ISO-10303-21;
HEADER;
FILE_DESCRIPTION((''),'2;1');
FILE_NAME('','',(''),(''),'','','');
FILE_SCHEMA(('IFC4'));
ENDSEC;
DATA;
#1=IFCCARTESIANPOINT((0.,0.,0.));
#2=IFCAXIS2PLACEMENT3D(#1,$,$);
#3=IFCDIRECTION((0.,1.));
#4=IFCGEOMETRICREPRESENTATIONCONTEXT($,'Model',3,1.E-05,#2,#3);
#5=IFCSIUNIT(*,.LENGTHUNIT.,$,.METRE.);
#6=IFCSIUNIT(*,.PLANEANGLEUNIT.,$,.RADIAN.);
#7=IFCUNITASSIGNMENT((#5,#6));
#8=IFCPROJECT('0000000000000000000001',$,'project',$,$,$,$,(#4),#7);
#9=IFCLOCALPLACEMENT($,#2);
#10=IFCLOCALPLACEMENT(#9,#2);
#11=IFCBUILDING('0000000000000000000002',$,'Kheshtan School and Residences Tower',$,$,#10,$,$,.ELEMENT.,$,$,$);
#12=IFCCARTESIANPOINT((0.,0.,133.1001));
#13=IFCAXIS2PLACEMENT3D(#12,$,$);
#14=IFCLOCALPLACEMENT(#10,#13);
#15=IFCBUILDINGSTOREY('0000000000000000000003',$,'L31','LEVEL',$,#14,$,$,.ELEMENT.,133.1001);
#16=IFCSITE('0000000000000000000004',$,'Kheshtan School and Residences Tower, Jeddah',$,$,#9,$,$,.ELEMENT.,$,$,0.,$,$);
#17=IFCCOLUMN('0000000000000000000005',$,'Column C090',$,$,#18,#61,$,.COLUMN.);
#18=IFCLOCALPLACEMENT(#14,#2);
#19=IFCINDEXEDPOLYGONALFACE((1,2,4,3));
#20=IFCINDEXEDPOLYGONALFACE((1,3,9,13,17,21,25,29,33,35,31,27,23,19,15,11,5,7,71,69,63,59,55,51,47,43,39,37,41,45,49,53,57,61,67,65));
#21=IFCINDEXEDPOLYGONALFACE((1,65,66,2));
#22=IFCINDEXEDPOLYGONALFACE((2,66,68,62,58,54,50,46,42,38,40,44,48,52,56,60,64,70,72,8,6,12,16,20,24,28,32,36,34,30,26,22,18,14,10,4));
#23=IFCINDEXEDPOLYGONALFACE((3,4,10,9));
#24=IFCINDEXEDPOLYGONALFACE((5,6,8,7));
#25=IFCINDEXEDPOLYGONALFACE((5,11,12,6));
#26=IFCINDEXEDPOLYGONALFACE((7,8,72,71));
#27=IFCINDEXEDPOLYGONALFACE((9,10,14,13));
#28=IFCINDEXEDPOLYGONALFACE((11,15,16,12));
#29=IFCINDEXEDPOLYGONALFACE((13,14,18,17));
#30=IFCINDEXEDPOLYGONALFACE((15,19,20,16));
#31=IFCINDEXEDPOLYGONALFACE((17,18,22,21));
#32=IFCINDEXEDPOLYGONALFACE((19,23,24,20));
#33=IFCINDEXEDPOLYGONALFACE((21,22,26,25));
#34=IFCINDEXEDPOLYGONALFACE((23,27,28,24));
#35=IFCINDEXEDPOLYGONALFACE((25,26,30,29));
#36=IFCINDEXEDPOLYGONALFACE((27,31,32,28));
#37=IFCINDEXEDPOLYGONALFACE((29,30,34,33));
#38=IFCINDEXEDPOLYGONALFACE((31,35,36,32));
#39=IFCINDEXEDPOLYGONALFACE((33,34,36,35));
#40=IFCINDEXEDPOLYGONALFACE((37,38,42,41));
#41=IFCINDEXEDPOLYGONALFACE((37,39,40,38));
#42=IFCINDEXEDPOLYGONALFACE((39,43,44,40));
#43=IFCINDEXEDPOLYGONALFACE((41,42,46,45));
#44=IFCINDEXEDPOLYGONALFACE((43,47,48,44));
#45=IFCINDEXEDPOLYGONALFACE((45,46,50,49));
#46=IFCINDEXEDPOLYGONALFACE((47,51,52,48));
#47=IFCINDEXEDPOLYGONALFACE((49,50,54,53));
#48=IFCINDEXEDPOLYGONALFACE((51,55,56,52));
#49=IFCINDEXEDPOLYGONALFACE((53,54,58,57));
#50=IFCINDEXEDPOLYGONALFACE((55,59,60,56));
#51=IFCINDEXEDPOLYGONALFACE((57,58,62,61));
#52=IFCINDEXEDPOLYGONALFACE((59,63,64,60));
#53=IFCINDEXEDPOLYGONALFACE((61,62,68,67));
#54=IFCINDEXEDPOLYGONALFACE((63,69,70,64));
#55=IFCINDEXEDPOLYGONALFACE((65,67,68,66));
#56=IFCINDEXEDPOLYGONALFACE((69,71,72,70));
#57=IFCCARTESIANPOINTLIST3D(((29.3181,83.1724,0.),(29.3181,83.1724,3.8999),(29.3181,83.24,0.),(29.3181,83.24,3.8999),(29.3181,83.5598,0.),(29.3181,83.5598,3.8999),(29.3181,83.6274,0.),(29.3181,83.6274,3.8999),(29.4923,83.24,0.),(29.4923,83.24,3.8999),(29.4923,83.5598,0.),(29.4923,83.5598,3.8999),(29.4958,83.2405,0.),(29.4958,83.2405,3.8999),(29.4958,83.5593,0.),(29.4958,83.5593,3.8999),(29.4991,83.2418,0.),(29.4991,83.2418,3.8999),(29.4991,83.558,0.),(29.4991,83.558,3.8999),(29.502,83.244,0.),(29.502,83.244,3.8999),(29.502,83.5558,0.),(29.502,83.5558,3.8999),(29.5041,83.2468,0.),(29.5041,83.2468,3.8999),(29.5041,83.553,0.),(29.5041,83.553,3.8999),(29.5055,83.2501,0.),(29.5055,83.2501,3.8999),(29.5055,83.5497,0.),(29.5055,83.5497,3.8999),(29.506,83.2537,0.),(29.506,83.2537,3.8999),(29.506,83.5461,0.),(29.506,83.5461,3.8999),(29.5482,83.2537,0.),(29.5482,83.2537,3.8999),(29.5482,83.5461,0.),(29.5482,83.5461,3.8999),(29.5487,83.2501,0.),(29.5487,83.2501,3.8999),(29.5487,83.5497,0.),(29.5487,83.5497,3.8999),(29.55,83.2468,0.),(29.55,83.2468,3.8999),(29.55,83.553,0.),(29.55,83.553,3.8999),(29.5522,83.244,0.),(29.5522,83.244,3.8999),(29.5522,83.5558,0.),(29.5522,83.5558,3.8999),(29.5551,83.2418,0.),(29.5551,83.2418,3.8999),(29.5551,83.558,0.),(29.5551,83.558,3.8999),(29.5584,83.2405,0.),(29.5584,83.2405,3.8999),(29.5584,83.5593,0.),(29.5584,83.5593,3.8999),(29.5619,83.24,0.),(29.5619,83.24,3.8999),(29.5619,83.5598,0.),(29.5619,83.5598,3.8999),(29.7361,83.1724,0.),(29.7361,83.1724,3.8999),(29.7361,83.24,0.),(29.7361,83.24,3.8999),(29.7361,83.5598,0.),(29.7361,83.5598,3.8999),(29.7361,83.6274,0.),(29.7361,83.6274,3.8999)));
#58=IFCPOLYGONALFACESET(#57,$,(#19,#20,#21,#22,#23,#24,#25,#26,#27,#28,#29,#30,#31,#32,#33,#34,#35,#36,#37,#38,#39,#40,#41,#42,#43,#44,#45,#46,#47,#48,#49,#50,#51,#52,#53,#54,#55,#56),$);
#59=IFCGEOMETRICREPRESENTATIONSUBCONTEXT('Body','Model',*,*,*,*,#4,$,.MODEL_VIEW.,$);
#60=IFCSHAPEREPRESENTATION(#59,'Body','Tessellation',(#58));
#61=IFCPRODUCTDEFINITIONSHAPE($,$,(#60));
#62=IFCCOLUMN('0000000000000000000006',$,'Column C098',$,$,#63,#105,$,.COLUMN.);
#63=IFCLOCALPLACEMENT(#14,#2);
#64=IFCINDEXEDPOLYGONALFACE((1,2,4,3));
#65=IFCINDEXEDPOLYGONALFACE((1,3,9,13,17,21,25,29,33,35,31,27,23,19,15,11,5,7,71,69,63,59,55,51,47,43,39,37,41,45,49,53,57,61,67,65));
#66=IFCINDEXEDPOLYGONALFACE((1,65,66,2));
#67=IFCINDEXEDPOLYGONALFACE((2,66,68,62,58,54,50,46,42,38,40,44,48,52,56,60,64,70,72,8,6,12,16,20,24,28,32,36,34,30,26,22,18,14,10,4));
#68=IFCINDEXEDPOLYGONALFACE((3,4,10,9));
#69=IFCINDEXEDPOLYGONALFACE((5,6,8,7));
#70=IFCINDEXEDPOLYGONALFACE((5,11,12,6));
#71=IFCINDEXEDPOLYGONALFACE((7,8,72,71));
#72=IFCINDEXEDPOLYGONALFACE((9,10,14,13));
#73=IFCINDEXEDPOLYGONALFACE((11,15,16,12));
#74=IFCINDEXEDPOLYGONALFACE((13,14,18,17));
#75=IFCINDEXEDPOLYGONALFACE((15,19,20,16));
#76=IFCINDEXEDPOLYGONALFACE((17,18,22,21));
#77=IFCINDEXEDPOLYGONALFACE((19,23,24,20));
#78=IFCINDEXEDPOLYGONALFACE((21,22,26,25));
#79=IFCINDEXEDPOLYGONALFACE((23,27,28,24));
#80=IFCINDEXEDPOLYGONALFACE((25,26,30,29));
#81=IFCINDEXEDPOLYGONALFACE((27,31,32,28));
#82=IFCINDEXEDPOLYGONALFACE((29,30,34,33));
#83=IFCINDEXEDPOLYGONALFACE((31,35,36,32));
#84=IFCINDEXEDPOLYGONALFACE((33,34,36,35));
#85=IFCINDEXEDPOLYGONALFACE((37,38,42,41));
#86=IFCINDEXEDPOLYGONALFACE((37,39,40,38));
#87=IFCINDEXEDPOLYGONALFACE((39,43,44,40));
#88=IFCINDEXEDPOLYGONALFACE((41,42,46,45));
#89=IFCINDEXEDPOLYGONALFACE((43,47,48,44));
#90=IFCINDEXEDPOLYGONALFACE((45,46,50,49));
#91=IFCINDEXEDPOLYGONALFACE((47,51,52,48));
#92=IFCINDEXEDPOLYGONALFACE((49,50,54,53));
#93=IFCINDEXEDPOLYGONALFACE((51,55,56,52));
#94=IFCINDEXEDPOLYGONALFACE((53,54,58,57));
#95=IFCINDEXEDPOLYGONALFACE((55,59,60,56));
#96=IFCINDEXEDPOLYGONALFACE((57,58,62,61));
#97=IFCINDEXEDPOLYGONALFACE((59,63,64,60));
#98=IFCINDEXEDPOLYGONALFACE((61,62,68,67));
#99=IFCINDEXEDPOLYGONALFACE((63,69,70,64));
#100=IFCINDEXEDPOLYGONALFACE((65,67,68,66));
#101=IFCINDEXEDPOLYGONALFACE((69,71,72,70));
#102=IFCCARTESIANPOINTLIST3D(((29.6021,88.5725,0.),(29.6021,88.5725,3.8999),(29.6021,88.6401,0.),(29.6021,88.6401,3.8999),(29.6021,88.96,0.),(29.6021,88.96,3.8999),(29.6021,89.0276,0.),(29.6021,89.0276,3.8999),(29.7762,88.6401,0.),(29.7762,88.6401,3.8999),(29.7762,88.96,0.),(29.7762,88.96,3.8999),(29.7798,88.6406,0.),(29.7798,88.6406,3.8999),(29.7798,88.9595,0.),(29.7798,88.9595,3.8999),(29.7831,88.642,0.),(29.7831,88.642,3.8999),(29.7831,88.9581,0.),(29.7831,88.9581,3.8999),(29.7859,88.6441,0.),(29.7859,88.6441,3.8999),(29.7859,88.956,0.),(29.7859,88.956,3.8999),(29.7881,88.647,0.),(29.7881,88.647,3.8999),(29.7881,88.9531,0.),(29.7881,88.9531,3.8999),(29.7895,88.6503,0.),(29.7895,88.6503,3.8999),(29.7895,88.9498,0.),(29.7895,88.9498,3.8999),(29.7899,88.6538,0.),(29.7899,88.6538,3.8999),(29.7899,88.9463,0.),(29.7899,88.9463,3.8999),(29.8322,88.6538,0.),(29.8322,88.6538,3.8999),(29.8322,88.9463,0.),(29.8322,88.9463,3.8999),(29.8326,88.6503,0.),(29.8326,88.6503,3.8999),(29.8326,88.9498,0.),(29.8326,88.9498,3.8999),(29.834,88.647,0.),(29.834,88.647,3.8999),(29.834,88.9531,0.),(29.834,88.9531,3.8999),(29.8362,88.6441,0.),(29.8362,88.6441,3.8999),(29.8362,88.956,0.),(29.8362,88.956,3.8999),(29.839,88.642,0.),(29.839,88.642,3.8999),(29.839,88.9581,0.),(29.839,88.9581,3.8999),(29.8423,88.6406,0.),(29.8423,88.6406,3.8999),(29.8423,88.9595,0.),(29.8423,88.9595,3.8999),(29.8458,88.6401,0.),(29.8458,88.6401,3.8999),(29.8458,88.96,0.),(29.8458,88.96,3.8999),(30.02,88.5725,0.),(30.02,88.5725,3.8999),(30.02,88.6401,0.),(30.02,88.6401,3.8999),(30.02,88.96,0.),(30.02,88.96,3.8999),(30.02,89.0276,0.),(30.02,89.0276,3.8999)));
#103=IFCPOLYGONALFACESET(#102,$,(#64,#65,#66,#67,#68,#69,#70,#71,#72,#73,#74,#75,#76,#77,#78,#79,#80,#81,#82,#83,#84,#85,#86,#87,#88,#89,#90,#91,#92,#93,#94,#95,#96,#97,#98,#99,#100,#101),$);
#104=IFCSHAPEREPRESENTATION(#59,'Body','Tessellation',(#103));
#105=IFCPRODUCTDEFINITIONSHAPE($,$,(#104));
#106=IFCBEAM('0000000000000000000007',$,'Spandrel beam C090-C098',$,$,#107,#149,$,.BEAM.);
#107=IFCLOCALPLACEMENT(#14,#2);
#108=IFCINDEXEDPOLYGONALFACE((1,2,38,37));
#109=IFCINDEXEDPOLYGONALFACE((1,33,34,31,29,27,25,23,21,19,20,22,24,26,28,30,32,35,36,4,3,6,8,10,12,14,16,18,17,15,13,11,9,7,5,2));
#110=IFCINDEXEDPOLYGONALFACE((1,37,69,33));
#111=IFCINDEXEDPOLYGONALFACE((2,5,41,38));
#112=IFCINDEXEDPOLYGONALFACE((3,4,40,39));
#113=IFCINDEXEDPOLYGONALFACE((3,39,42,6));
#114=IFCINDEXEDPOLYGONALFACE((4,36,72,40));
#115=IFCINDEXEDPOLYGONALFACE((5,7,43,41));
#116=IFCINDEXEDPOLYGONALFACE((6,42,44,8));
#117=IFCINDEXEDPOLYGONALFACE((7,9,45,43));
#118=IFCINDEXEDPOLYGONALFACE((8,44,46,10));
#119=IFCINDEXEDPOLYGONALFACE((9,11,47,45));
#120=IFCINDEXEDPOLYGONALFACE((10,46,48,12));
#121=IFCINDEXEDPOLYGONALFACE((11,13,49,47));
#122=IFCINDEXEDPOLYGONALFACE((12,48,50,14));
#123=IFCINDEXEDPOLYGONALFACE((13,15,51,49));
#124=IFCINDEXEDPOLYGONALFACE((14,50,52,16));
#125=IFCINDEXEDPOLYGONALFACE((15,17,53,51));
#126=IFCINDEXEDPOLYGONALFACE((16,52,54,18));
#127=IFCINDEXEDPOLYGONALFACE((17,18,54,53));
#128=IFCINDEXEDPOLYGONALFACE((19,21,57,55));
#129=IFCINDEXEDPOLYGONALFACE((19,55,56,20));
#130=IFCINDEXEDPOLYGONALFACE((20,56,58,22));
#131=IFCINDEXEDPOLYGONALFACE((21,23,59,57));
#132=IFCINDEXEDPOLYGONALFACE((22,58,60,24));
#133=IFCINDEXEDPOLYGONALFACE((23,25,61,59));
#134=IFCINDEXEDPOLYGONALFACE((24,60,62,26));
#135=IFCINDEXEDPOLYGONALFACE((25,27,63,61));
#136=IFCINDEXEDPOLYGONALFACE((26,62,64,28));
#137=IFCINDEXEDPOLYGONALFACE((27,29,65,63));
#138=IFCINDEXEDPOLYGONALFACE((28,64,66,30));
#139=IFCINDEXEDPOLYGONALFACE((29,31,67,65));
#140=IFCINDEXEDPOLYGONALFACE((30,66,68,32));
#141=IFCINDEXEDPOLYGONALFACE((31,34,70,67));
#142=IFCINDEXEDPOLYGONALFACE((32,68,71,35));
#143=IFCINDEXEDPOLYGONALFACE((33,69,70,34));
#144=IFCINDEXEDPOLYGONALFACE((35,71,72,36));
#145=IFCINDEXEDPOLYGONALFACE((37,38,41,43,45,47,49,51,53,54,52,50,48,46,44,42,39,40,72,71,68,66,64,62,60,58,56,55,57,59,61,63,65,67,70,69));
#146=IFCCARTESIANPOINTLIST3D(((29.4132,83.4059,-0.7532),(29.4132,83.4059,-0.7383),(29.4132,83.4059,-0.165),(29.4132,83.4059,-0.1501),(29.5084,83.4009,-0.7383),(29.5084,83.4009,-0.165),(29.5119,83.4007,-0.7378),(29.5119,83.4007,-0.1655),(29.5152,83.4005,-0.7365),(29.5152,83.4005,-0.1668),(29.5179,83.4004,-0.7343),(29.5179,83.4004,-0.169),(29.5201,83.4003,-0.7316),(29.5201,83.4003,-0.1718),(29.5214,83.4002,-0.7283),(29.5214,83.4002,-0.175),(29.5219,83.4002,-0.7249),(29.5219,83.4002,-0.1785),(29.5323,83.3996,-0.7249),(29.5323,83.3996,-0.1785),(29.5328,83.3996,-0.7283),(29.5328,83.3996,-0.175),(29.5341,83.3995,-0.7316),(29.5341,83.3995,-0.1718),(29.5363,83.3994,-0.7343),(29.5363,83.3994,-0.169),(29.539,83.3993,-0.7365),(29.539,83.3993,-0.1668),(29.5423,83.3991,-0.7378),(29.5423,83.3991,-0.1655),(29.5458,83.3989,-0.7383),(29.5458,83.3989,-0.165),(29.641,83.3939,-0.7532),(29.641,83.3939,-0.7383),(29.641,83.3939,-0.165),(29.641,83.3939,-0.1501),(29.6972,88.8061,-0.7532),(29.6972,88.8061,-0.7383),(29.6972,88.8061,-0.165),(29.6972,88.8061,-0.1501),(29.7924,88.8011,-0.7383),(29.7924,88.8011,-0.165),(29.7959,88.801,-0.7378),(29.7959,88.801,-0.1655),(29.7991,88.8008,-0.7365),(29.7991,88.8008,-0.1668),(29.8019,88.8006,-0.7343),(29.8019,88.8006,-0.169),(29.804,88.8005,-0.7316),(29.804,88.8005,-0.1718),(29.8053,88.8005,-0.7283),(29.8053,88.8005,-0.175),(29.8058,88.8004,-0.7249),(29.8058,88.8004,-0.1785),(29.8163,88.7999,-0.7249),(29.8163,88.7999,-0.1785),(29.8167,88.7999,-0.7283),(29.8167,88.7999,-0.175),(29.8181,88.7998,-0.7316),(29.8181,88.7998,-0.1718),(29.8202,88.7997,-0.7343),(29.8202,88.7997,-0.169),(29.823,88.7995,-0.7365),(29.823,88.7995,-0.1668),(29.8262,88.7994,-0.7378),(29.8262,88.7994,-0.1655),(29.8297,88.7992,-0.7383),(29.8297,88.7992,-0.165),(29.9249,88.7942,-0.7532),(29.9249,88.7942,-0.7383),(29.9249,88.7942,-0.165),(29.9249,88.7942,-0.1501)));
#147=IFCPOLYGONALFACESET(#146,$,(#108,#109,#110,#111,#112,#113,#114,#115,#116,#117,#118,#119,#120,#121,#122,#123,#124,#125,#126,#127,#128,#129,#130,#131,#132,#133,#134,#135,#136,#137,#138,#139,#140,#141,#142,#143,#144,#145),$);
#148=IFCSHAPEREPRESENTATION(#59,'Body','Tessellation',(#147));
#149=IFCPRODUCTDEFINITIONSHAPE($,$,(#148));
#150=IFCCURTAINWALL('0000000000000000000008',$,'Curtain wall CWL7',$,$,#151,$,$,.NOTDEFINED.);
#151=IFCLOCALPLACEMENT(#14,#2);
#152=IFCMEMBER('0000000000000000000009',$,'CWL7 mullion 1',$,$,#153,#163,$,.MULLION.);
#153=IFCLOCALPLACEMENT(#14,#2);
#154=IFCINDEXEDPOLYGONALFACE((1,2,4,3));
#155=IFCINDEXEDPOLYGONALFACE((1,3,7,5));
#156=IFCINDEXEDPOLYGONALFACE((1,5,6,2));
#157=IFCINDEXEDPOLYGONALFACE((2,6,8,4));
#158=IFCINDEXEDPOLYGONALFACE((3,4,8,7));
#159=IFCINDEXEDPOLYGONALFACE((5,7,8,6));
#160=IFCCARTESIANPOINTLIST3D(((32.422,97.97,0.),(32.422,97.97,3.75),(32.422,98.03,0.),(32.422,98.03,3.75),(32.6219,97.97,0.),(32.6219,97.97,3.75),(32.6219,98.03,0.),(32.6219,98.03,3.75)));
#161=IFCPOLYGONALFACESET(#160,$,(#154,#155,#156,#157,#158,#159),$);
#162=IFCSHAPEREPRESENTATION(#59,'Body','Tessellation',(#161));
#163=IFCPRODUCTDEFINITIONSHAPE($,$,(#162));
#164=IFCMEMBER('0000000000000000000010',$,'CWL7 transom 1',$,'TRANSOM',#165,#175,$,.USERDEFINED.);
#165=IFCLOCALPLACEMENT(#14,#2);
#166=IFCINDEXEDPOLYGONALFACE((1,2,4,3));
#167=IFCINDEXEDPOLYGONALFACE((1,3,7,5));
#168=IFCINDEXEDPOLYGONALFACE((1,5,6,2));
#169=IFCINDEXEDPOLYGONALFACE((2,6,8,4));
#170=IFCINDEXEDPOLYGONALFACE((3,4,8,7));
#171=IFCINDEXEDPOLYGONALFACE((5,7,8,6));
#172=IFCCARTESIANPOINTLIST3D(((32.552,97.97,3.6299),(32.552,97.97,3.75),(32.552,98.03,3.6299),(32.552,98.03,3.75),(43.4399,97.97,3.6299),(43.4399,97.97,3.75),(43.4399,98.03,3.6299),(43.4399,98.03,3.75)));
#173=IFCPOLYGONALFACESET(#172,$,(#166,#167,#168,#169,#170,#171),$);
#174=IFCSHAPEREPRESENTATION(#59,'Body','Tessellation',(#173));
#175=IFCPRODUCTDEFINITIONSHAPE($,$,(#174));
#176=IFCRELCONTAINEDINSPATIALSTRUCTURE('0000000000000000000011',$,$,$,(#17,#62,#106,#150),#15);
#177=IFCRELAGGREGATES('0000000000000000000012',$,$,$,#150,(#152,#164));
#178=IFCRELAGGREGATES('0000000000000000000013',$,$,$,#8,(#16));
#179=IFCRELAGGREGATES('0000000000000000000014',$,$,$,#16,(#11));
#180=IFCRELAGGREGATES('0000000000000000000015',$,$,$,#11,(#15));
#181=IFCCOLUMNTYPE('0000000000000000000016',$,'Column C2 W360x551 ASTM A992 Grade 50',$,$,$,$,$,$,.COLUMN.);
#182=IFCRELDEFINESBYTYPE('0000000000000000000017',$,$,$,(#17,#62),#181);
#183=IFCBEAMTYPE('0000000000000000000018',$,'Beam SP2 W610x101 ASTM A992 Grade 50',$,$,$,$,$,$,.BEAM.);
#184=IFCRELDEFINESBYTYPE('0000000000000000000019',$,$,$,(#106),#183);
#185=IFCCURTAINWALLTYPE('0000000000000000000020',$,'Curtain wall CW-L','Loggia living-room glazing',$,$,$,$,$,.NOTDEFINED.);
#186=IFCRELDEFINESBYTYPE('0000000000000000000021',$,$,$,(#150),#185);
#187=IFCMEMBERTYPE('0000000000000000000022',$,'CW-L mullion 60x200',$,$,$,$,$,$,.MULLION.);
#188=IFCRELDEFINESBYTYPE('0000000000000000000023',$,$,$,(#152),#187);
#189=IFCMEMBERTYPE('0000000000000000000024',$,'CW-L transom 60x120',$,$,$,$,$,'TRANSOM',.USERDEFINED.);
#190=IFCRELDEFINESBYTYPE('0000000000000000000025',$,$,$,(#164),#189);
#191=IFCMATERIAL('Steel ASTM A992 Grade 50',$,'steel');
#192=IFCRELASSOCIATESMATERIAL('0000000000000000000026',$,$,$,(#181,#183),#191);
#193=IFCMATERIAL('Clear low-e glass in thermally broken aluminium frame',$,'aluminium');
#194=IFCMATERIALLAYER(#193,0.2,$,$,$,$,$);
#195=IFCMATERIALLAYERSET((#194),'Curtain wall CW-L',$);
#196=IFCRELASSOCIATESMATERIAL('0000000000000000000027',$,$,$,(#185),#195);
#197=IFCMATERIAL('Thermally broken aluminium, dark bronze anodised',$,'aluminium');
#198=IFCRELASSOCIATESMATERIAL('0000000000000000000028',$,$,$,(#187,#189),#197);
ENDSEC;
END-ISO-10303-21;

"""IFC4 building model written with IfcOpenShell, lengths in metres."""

from ifc_helpers import new_model, si_unit, direction, frame, origin, origin_2d, place, context, subcontext, project, spatial, rectangle, i_section, extrude, material, layer, layer_set, material_profile, profile_set, type_object, element, aggregate, save


model = new_model("IFC4")

# Units and contexts
model_context = context("Model", 3, precision=1e-05, world=origin(), true_north=direction((0.0, 1.0)))
body_context = subcontext(model_context, "Body", "Model", "MODEL_VIEW")
ifc_project = project(units=[si_unit("LENGTHUNIT", "METRE"), si_unit("PLANEANGLEUNIT", "RADIAN")], contexts=[model_context])

# Site, building, storey
site_placement = place(None, origin())
site = spatial("IfcSite", under=ifc_project, at=site_placement, Name="Kheshtan School and Residences Tower, Jeddah", CompositionType="ELEMENT", RefElevation=0.0)
building_placement = place(site_placement, origin())
building = spatial("IfcBuilding", under=site, at=building_placement, Name="Kheshtan School and Residences Tower", CompositionType="ELEMENT")
storey_placement = place(building_placement, frame((0.0, 0.0, 133.1001)))
storey = spatial("IfcBuildingStorey", under=building, at=storey_placement, Name="L31", Description="LEVEL", CompositionType="ELEMENT", Elevation=133.1001)

# Columns
ifc_material_1 = material(Name="Steel ASTM A992 Grade 50", Category="steel")
ifc_material_profile_1 = material_profile(ifc_material_1, i_section(OverallWidth=0.418, OverallDepth=0.4551, WebThickness=0.0422, FlangeThickness=0.0676, FilletRadius=0.0137, at=origin_2d()), Name="W360x551")
ifc_profile_set_1 = profile_set([ifc_material_profile_1], Name="Steel ASTM A992 Grade 50")
column_type = type_object("IfcColumnType", Name="Column C2 W360x551 ASTM A992 Grade 50", PredefinedType="COLUMN", material=ifc_profile_set_1)
for number, where, z_axis, x_axis, name in (
    (1, (29.5271, 83.3999, 0.0), (0.0, 0.0, 1.0), (1.0, 0.0, 0.0), "Column C090"),
    (2, (29.811, 88.8, 0.0), (0.0, 0.0, 1.0), (1.0, 0.0, 0.0), "Column C098"),
):
    element("IfcColumn", number, at=place(storey_placement, frame(where, z_axis=z_axis, x_axis=x_axis)), inside=storey, type_object=column_type, Name=name, PredefinedType="COLUMN", context=body_context, shape_type="SweptSolid", body=[
        extrude(i_section(OverallWidth=0.418, OverallDepth=0.4551, WebThickness=0.0422, FlangeThickness=0.0676, FilletRadius=0.0137, at=origin_2d()), origin(), (0.0, 0.0, 1.0), 3.8999),
    ])

# Beam
ifc_material_profile_2 = material_profile(ifc_material_1, i_section(OverallWidth=0.228, OverallDepth=0.603, WebThickness=0.0105, FlangeThickness=0.0149, FilletRadius=0.0134, at=origin_2d()), Name="W610x101")
ifc_profile_set_2 = profile_set([ifc_material_profile_2], Name="Steel ASTM A992 Grade 50")
beam_type_1 = type_object("IfcBeamType", Name="Beam SP2 W610x101 ASTM A992 Grade 50", PredefinedType="BEAM", material=ifc_profile_set_2)
beam_1_placement = place(storey_placement, frame((29.5271, 83.3999, -0.4517), z_axis=(0.052507, 0.998621, 0.0), x_axis=(-0.998621, 0.052507, 0.0)))
element("IfcBeam", 3, at=beam_1_placement, inside=storey, type_object=beam_type_1, Name="Spandrel beam C090-C098", PredefinedType="BEAM", context=body_context, shape_type="SweptSolid", body=[
    extrude(i_section(OverallWidth=0.228, OverallDepth=0.603, WebThickness=0.0105, FlangeThickness=0.0149, FilletRadius=0.0134, at=origin_2d()), origin(), (0.0, 0.0, 1.0), 5.4077),
])

# Curtain wall, members
ifc_material_2 = material(Name="Clear low-e glass in thermally broken aluminium frame", Category="aluminium")
ifc_layer_1 = layer(ifc_material_2, 0.2)
ifc_layer_set_1 = layer_set([ifc_layer_1], Name="Curtain wall CW-L")
curtain_wall_type = type_object("IfcCurtainWallType", Name="Curtain wall CW-L", Description="Loggia living-room glazing", PredefinedType="NOTDEFINED", material=ifc_layer_set_1)
curtain_wall_placement = place(storey_placement, origin())
curtain_wall = element("IfcCurtainWall", 4, at=curtain_wall_placement, inside=storey, type_object=curtain_wall_type, Name="Curtain wall CWL7", PredefinedType="NOTDEFINED")
ifc_material_3 = material(Name="Thermally broken aluminium, dark bronze anodised", Category="aluminium")
ifc_material_profile_3 = material_profile(ifc_material_3, rectangle(XDim=0.0601, YDim=0.2, at=origin_2d()), Name="CW-L mullion 60x200")
ifc_profile_set_3 = profile_set([ifc_material_profile_3], Name="Thermally broken aluminium, dark bronze anodised")
member_type_1 = type_object("IfcMemberType", Name="CW-L mullion 60x200", PredefinedType="MULLION", material=ifc_profile_set_3)
member_1_placement = place(storey_placement, frame((32.522, 98.0, 0.0), z_axis=(0.0, 0.0, 1.0), x_axis=(0.0, 1.0, 0.0)))
member_1 = element("IfcMember", 5, at=member_1_placement, type_object=member_type_1, Name="CWL7 mullion 1", PredefinedType="MULLION", context=body_context, shape_type="SweptSolid", body=[
    extrude(rectangle(XDim=0.0601, YDim=0.2, at=origin_2d()), origin(), (0.0, 0.0, 1.0), 3.75),
])
ifc_material_profile_4 = material_profile(ifc_material_3, rectangle(XDim=0.0601, YDim=0.1201, at=origin_2d()), Name="CW-L transom 60x120")
ifc_profile_set_4 = profile_set([ifc_material_profile_4], Name="Thermally broken aluminium, dark bronze anodised")
member_type_2 = type_object("IfcMemberType", Name="CW-L transom 60x120", ElementType="TRANSOM", PredefinedType="USERDEFINED", material=ifc_profile_set_4)
member_2_placement = place(storey_placement, frame((32.552, 98.0, 3.6899), z_axis=(1.0, 0.0, 0.0), x_axis=(0.0, 1.0, 0.0)))
member_2 = element("IfcMember", 6, at=member_2_placement, type_object=member_type_2, Name="CWL7 transom 1", ObjectType="TRANSOM", PredefinedType="USERDEFINED", context=body_context, shape_type="SweptSolid", body=[
    extrude(rectangle(XDim=0.0601, YDim=0.1201, at=origin_2d()), origin(), (0.0, 0.0, 1.0), 10.8879),
])

aggregate(curtain_wall, [member_1, member_2])

save(model, "model.ifc")
